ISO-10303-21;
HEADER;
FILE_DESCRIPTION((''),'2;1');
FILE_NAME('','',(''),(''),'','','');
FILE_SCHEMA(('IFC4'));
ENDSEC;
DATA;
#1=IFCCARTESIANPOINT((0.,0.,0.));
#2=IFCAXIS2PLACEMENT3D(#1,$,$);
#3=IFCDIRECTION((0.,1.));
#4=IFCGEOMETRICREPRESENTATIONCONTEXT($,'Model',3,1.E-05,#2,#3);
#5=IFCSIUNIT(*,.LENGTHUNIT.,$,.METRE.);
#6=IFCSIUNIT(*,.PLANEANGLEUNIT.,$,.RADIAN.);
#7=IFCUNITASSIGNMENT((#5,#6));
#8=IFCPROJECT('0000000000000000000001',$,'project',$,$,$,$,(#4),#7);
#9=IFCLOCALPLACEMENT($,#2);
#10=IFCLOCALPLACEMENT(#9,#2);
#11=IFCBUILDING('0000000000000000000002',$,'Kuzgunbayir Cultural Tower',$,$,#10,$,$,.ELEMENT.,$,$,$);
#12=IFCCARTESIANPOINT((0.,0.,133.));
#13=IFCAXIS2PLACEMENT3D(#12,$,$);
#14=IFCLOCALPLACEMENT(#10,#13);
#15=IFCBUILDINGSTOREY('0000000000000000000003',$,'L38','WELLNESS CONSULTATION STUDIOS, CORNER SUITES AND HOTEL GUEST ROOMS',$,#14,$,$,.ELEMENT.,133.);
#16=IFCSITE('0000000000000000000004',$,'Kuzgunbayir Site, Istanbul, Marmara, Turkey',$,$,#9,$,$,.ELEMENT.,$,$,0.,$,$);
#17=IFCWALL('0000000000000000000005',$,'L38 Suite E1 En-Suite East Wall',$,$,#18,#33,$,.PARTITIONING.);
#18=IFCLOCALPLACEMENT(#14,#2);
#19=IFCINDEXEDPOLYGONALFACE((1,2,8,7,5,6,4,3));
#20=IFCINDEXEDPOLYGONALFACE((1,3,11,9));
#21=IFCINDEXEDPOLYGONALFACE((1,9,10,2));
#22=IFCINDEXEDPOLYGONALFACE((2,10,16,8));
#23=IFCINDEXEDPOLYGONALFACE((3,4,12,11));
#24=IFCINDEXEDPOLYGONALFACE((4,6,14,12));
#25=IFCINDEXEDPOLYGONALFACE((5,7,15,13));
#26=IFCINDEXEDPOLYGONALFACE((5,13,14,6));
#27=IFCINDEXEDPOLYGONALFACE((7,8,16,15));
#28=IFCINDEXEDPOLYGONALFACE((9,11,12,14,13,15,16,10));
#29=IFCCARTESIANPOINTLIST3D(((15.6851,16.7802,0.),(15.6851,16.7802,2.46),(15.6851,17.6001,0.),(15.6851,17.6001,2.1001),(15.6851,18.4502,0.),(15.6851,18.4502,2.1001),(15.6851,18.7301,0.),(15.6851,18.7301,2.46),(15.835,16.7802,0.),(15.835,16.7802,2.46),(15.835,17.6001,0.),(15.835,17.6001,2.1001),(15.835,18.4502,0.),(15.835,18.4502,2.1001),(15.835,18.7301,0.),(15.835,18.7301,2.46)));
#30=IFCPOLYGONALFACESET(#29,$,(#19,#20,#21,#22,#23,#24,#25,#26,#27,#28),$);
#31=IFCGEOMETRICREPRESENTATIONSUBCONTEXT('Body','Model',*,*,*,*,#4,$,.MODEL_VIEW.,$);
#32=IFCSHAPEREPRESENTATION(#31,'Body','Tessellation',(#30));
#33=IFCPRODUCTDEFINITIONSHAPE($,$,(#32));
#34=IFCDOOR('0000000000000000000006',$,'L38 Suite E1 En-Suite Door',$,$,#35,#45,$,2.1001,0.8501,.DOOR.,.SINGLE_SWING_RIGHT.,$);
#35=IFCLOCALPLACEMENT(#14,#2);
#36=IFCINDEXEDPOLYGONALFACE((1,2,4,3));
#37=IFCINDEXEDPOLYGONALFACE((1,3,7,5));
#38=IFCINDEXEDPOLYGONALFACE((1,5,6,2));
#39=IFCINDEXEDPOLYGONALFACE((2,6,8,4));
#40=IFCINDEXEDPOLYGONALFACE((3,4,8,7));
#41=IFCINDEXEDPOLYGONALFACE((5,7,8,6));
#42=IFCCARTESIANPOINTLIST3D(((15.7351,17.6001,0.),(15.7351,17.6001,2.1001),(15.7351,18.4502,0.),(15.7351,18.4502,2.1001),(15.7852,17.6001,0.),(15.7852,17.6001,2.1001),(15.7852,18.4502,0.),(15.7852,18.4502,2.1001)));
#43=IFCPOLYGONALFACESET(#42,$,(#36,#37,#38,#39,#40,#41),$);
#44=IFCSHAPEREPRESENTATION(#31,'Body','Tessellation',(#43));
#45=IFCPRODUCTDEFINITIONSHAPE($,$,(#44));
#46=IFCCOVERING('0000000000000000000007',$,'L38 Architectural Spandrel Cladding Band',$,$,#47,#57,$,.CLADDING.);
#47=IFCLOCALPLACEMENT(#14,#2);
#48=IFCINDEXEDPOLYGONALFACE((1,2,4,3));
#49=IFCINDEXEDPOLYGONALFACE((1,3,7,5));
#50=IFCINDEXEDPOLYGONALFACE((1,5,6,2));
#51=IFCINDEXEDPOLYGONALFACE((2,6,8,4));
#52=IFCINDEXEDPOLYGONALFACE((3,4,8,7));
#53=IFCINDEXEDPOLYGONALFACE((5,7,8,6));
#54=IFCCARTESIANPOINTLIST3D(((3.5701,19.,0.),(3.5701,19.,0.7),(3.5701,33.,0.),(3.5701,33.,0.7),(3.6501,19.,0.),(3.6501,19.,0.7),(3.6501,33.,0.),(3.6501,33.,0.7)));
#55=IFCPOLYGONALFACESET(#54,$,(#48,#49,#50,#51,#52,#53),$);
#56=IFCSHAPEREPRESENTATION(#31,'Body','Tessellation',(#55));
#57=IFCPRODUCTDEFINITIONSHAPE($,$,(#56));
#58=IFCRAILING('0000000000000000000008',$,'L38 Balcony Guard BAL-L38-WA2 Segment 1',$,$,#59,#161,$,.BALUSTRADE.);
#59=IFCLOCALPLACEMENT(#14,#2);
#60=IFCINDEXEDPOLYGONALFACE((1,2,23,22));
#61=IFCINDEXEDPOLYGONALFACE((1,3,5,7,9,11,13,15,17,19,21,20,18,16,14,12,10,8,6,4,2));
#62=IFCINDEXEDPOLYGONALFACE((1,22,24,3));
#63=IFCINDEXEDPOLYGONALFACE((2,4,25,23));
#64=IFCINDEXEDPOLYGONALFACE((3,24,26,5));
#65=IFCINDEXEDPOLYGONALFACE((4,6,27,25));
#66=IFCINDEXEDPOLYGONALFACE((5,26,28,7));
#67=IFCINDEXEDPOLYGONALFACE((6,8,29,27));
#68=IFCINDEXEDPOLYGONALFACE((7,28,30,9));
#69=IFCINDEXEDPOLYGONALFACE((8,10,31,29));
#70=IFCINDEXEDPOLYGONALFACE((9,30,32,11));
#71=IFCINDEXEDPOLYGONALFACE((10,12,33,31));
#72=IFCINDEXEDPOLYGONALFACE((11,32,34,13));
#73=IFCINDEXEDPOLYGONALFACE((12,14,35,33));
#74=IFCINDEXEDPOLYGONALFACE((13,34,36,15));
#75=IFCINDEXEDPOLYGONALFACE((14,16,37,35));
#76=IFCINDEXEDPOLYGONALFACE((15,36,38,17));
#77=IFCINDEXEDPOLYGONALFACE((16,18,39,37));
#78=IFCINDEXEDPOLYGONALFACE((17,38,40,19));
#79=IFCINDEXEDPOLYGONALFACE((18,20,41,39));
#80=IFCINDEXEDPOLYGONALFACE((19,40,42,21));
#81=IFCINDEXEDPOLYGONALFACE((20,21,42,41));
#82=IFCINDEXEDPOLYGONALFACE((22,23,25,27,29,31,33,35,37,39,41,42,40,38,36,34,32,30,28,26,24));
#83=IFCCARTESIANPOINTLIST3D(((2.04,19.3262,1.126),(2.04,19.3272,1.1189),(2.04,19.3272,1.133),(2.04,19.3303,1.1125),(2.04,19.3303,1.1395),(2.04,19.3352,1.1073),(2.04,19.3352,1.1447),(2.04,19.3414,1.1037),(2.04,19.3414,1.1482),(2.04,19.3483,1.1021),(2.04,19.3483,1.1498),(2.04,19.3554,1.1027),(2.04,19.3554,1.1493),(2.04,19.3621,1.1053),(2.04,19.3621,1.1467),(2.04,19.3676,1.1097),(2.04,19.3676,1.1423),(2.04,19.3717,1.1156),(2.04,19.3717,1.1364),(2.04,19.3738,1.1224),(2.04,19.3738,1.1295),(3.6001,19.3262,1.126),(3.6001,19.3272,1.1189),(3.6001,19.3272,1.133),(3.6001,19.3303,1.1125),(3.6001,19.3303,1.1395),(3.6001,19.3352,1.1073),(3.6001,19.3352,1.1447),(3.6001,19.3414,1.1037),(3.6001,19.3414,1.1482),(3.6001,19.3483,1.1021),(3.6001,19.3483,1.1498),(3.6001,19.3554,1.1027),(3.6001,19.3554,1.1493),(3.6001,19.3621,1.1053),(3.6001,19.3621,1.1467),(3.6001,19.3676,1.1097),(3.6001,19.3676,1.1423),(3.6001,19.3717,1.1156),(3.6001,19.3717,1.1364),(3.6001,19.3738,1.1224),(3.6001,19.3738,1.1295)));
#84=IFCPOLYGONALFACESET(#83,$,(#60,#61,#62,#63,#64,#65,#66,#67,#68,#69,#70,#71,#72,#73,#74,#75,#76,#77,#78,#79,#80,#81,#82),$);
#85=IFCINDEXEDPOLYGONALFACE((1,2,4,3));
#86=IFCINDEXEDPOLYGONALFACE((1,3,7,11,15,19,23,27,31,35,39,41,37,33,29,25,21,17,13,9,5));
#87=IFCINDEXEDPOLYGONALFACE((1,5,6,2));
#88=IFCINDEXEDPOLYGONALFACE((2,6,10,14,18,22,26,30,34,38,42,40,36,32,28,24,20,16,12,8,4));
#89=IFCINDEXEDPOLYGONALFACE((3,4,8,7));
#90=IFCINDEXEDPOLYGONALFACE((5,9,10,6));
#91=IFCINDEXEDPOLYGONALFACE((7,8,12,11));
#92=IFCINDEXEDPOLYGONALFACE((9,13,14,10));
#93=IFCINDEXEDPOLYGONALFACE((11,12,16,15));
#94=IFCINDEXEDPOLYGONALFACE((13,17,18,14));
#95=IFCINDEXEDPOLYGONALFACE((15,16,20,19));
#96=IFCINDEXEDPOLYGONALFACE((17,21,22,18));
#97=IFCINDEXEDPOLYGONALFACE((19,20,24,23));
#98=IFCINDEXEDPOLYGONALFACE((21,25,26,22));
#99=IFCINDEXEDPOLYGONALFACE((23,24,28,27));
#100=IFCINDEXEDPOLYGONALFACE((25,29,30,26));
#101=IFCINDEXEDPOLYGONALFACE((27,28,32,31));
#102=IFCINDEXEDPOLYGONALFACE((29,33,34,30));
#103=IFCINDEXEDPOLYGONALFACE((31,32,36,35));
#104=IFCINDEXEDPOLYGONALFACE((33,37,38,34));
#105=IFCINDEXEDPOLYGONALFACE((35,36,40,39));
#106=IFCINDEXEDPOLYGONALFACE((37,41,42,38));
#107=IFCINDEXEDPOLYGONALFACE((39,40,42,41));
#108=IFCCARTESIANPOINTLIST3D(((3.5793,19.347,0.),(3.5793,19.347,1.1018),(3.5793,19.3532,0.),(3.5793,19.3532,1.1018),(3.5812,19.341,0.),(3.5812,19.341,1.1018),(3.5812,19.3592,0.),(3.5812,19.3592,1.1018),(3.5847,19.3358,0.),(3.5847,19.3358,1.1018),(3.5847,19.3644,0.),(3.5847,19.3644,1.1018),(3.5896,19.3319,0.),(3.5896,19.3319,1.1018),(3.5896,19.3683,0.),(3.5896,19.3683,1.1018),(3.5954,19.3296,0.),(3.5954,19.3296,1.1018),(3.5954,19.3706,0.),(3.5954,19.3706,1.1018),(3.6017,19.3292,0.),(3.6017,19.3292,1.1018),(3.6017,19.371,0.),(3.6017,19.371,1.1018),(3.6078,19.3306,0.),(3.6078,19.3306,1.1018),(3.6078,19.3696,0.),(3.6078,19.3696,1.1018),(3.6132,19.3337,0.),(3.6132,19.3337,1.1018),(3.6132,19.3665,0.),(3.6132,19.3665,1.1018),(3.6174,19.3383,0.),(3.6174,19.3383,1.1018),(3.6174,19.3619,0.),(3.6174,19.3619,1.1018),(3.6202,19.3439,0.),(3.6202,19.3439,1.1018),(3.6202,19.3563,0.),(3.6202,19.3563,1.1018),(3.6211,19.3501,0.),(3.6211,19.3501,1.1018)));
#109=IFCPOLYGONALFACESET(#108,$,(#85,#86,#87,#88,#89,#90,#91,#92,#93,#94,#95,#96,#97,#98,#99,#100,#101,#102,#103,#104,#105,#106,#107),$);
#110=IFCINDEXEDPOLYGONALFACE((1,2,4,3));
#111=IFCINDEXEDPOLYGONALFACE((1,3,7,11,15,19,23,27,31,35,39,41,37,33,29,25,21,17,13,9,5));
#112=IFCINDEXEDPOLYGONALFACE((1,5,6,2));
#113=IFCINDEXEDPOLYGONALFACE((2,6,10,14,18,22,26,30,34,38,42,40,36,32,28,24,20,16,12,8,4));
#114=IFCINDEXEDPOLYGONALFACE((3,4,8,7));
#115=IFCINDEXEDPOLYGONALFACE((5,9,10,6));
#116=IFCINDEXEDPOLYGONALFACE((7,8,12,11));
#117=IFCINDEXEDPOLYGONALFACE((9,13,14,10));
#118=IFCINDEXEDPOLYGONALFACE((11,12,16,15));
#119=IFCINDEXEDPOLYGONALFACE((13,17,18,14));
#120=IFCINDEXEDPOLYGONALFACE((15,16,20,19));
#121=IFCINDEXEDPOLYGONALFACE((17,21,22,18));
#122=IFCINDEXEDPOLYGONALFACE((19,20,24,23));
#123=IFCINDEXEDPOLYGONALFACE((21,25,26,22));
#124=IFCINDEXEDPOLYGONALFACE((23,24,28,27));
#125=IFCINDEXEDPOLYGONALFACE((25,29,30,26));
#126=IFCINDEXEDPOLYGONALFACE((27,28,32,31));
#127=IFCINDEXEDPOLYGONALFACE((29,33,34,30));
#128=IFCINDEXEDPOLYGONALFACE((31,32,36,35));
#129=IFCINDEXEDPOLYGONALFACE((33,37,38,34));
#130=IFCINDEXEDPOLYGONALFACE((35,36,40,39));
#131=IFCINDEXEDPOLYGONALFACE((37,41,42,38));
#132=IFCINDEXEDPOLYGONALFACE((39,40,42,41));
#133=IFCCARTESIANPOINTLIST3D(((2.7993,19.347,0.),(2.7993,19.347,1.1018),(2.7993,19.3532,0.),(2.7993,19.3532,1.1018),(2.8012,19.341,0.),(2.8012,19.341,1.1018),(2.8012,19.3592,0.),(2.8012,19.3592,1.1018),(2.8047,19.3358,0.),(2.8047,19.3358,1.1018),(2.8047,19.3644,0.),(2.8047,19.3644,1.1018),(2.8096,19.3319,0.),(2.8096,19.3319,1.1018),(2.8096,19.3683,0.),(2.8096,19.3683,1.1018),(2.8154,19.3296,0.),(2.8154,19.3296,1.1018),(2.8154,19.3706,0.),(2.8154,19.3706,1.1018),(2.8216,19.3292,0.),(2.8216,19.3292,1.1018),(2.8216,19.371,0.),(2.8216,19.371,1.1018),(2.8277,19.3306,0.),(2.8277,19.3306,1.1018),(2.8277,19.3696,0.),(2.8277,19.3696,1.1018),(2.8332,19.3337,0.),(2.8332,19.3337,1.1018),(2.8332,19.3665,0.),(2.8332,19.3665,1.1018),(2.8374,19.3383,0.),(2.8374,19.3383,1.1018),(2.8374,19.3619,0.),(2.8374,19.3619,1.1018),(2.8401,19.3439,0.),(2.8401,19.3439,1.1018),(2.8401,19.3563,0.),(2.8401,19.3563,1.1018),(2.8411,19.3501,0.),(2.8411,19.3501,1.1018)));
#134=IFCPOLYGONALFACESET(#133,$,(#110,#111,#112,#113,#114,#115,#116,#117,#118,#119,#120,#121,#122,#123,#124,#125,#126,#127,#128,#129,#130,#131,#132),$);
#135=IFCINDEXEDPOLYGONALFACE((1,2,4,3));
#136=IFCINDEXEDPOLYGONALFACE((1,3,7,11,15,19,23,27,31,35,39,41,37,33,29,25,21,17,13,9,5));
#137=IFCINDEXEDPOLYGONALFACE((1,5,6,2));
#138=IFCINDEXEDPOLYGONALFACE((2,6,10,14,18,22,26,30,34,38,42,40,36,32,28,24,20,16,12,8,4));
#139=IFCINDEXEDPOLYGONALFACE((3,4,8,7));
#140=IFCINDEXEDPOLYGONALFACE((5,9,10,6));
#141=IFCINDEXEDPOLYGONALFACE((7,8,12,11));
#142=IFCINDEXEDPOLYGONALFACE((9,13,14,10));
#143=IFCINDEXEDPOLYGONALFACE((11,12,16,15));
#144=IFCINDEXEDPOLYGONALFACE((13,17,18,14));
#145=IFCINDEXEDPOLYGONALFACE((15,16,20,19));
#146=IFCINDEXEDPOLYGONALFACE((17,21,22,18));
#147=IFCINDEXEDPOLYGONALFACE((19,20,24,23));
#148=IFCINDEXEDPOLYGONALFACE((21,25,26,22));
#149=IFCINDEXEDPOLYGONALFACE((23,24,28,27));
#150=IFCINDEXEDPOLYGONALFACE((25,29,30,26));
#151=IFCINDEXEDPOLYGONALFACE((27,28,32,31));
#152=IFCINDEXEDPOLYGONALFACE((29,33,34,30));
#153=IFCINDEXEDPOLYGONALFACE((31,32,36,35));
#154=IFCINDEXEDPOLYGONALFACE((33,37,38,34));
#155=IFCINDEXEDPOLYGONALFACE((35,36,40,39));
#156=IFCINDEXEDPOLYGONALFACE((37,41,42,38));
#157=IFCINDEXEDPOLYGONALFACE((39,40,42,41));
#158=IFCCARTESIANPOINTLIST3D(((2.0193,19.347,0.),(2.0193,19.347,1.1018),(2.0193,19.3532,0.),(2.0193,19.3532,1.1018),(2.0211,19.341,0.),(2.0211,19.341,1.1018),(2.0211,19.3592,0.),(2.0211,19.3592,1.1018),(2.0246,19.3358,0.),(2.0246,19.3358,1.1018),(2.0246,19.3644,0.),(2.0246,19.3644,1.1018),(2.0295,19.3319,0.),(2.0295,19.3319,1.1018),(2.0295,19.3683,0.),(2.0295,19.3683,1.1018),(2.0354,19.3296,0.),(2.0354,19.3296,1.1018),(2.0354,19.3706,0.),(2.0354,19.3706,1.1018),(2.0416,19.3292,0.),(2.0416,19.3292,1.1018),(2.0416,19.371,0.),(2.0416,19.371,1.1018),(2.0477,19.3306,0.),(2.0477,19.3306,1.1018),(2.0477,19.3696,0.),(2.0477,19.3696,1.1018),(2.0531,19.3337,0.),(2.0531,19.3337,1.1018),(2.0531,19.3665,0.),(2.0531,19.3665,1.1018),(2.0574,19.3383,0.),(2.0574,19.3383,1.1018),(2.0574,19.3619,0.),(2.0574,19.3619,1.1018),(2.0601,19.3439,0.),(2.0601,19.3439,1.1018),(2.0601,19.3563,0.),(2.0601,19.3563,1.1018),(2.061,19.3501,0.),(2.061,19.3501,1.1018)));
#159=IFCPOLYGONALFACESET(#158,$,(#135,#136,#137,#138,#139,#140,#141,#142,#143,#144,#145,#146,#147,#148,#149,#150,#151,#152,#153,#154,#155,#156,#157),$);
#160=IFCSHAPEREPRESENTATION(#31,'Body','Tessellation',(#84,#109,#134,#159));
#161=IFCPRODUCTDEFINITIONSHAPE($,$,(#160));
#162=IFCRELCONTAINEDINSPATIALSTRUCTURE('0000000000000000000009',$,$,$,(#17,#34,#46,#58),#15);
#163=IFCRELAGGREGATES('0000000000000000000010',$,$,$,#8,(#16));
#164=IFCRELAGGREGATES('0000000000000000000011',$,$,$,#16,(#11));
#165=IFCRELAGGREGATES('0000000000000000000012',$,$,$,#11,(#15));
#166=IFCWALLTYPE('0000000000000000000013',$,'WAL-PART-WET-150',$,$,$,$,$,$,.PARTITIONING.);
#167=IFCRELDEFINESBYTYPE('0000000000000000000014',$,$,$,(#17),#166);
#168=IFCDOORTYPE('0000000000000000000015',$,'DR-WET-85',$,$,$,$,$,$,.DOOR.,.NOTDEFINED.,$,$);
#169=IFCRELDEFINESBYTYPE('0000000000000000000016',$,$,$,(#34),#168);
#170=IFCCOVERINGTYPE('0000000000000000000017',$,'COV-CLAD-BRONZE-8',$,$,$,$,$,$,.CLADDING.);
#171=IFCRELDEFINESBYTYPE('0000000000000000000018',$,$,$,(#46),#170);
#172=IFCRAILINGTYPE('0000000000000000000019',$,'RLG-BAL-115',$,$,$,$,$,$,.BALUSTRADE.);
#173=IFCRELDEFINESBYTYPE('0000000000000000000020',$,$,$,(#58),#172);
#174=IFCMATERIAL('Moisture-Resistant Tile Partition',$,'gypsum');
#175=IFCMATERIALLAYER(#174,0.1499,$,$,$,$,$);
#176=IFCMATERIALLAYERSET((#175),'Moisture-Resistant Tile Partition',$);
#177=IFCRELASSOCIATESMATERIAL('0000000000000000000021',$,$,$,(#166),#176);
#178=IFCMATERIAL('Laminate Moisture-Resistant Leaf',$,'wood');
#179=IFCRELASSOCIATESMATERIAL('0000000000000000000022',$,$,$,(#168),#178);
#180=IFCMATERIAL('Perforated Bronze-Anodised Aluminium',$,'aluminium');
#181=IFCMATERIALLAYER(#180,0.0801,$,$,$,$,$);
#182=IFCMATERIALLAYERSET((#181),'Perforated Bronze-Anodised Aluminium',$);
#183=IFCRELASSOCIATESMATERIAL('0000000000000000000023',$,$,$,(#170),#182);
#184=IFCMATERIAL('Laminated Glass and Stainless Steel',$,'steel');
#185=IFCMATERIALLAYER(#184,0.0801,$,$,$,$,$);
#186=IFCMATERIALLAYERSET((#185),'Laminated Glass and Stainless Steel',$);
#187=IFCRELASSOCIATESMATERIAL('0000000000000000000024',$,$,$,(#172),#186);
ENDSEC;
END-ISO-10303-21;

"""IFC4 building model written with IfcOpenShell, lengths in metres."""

from ifc_helpers import new_model, si_unit, direction, frame, frame_2d, origin, origin_2d, place, context, subcontext, project, spatial, rectangle, circle, extrude, material, layer, layer_set, type_object, element, fill, save


model = new_model("IFC4")

# Units and contexts
model_context = context("Model", 3, precision=1e-05, world=origin(), true_north=direction((0.0, 1.0)))
body_context = subcontext(model_context, "Body", "Model", "MODEL_VIEW")
ifc_project = project(units=[si_unit("LENGTHUNIT", "METRE"), si_unit("PLANEANGLEUNIT", "RADIAN")], contexts=[model_context])

# Site, building, storey
site_placement = place(None, origin())
site = spatial("IfcSite", under=ifc_project, at=site_placement, Name="Kuzgunbayir Site, Istanbul, Marmara, Turkey", CompositionType="ELEMENT", RefElevation=0.0)
building_placement = place(site_placement, origin())
building = spatial("IfcBuilding", under=site, at=building_placement, Name="Kuzgunbayir Cultural Tower", CompositionType="ELEMENT")
storey_placement = place(building_placement, frame((0.0, 0.0, 133.0)))
storey = spatial("IfcBuildingStorey", under=building, at=storey_placement, Name="L38", Description="WELLNESS CONSULTATION STUDIOS, CORNER SUITES AND HOTEL GUEST ROOMS", CompositionType="ELEMENT", Elevation=133.0)

# Shared definitions
ifc_material_1 = material(Name="Moisture-Resistant Tile Partition", Category="gypsum")
ifc_layer_1 = layer(ifc_material_1, 0.1499)
ifc_layer_set_1 = layer_set([ifc_layer_1], Name="Moisture-Resistant Tile Partition")
wall_type_1 = type_object("IfcWallType", Name="WAL-PART-WET-150", PredefinedType="PARTITIONING", material=ifc_layer_set_1)

# Wall, opening, door
wall_1_placement = place(storey_placement, frame((15.76, 16.78, 0.0), z_axis=(0.0, 0.0, 1.0), x_axis=(0.0, 1.0, 0.0)))
wall_1 = element("IfcWall", 1, at=wall_1_placement, inside=storey, type_object=wall_type_1, Name="L38 Suite E1 En-Suite East Wall", PredefinedType="PARTITIONING", context=body_context, shape_type="SweptSolid", body=[
    extrude(rectangle(XDim=1.95, YDim=0.1499, at=frame_2d((0.9751, 0.0))), origin(), (0.0, 0.0, 1.0), 2.46),
])
opening_placement = place(wall_1_placement, frame((0.8201, 0.0, 0.0)))
opening = element("IfcOpeningElement", 2, at=opening_placement, cuts=wall_1, PredefinedType="OPENING", context=body_context, shape_type="SweptSolid", body=[
    extrude(rectangle(XDim=0.8501, YDim=2.1001, at=frame_2d((0.425, 1.05))), frame((0.0, 0.085, 0.0), z_axis=(0.0, -1.0, 0.0), x_axis=(1.0, 0.0, 0.0)), (0.0, 0.0, 1.0), 0.1699),
])
ifc_material_2 = material(Name="Laminate Moisture-Resistant Leaf", Category="wood")
door_type = type_object("IfcDoorType", Name="DR-WET-85", OperationType="NOTDEFINED", PredefinedType="DOOR", material=ifc_material_2)
door_placement = place(opening_placement, origin())
door = element("IfcDoor", 3, at=door_placement, inside=storey, type_object=door_type, Name="L38 Suite E1 En-Suite Door", OperationType="SINGLE_SWING_RIGHT", OverallHeight=2.1001, OverallWidth=0.8501, PredefinedType="DOOR", context=body_context, shape_type="SweptSolid", body=[
    extrude(rectangle(XDim=0.8501, YDim=2.1001, at=frame_2d((0.425, 1.05))), frame((0.0, 0.0249, 0.0), z_axis=(0.0, -1.0, 0.0), x_axis=(1.0, 0.0, 0.0)), (0.0, 0.0, 1.0), 0.05),
])
fill(opening, door)

# Covering
ifc_material_3 = material(Name="Perforated Bronze-Anodised Aluminium", Category="aluminium")
ifc_layer_2 = layer(ifc_material_3, 0.0801)
ifc_layer_set_2 = layer_set([ifc_layer_2], Name="Perforated Bronze-Anodised Aluminium")
covering_type = type_object("IfcCoveringType", Name="COV-CLAD-BRONZE-8", PredefinedType="CLADDING", material=ifc_layer_set_2)
covering_placement = place(storey_placement, frame((3.6101, 26.0, 0.0), z_axis=(0.0, 0.0, 1.0), x_axis=(1.0, 0.0, 0.0)))
element("IfcCovering", 4, at=covering_placement, inside=storey, type_object=covering_type, Name="L38 Architectural Spandrel Cladding Band", PredefinedType="CLADDING", context=body_context, shape_type="SweptSolid", body=[
    extrude(rectangle(XDim=0.0801, YDim=14.0, at=origin_2d()), origin(), (0.0, 0.0, 1.0), 0.7),
])

# Railing
ifc_material_4 = material(Name="Laminated Glass and Stainless Steel", Category="steel")
ifc_layer_3 = layer(ifc_material_4, 0.0801)
ifc_layer_set_3 = layer_set([ifc_layer_3], Name="Laminated Glass and Stainless Steel")
railing_type = type_object("IfcRailingType", Name="RLG-BAL-115", PredefinedType="BALUSTRADE", material=ifc_layer_set_3)
railing_1_placement = place(storey_placement, frame((3.6001, 19.3501, 0.0)))
element("IfcRailing", 5, at=railing_1_placement, inside=storey, type_object=railing_type, Name="L38 Balcony Guard BAL-L38-WA2 Segment 1", PredefinedType="BALUSTRADE", context=body_context, shape_type="SweptSolid", body=[
    extrude(circle(Radius=0.0239, at=origin_2d()), frame((0.0, 0.0, 1.126), z_axis=(-1.0, 0.0, 0.0), x_axis=(0.0, -1.0, 0.0)), (0.0, 0.0, 1.0), 1.5601),
    extrude(circle(Radius=0.021, at=origin_2d()), origin(), (0.0, 0.0, 1.0), 1.1018),
    extrude(circle(Radius=0.021, at=origin_2d()), frame((-0.78, 0.0, 0.0)), (0.0, 0.0, 1.0), 1.1018),
    extrude(circle(Radius=0.021, at=origin_2d()), frame((-1.5601, 0.0, 0.0)), (0.0, 0.0, 1.0), 1.1018),
])

save(model, "model.ifc")
